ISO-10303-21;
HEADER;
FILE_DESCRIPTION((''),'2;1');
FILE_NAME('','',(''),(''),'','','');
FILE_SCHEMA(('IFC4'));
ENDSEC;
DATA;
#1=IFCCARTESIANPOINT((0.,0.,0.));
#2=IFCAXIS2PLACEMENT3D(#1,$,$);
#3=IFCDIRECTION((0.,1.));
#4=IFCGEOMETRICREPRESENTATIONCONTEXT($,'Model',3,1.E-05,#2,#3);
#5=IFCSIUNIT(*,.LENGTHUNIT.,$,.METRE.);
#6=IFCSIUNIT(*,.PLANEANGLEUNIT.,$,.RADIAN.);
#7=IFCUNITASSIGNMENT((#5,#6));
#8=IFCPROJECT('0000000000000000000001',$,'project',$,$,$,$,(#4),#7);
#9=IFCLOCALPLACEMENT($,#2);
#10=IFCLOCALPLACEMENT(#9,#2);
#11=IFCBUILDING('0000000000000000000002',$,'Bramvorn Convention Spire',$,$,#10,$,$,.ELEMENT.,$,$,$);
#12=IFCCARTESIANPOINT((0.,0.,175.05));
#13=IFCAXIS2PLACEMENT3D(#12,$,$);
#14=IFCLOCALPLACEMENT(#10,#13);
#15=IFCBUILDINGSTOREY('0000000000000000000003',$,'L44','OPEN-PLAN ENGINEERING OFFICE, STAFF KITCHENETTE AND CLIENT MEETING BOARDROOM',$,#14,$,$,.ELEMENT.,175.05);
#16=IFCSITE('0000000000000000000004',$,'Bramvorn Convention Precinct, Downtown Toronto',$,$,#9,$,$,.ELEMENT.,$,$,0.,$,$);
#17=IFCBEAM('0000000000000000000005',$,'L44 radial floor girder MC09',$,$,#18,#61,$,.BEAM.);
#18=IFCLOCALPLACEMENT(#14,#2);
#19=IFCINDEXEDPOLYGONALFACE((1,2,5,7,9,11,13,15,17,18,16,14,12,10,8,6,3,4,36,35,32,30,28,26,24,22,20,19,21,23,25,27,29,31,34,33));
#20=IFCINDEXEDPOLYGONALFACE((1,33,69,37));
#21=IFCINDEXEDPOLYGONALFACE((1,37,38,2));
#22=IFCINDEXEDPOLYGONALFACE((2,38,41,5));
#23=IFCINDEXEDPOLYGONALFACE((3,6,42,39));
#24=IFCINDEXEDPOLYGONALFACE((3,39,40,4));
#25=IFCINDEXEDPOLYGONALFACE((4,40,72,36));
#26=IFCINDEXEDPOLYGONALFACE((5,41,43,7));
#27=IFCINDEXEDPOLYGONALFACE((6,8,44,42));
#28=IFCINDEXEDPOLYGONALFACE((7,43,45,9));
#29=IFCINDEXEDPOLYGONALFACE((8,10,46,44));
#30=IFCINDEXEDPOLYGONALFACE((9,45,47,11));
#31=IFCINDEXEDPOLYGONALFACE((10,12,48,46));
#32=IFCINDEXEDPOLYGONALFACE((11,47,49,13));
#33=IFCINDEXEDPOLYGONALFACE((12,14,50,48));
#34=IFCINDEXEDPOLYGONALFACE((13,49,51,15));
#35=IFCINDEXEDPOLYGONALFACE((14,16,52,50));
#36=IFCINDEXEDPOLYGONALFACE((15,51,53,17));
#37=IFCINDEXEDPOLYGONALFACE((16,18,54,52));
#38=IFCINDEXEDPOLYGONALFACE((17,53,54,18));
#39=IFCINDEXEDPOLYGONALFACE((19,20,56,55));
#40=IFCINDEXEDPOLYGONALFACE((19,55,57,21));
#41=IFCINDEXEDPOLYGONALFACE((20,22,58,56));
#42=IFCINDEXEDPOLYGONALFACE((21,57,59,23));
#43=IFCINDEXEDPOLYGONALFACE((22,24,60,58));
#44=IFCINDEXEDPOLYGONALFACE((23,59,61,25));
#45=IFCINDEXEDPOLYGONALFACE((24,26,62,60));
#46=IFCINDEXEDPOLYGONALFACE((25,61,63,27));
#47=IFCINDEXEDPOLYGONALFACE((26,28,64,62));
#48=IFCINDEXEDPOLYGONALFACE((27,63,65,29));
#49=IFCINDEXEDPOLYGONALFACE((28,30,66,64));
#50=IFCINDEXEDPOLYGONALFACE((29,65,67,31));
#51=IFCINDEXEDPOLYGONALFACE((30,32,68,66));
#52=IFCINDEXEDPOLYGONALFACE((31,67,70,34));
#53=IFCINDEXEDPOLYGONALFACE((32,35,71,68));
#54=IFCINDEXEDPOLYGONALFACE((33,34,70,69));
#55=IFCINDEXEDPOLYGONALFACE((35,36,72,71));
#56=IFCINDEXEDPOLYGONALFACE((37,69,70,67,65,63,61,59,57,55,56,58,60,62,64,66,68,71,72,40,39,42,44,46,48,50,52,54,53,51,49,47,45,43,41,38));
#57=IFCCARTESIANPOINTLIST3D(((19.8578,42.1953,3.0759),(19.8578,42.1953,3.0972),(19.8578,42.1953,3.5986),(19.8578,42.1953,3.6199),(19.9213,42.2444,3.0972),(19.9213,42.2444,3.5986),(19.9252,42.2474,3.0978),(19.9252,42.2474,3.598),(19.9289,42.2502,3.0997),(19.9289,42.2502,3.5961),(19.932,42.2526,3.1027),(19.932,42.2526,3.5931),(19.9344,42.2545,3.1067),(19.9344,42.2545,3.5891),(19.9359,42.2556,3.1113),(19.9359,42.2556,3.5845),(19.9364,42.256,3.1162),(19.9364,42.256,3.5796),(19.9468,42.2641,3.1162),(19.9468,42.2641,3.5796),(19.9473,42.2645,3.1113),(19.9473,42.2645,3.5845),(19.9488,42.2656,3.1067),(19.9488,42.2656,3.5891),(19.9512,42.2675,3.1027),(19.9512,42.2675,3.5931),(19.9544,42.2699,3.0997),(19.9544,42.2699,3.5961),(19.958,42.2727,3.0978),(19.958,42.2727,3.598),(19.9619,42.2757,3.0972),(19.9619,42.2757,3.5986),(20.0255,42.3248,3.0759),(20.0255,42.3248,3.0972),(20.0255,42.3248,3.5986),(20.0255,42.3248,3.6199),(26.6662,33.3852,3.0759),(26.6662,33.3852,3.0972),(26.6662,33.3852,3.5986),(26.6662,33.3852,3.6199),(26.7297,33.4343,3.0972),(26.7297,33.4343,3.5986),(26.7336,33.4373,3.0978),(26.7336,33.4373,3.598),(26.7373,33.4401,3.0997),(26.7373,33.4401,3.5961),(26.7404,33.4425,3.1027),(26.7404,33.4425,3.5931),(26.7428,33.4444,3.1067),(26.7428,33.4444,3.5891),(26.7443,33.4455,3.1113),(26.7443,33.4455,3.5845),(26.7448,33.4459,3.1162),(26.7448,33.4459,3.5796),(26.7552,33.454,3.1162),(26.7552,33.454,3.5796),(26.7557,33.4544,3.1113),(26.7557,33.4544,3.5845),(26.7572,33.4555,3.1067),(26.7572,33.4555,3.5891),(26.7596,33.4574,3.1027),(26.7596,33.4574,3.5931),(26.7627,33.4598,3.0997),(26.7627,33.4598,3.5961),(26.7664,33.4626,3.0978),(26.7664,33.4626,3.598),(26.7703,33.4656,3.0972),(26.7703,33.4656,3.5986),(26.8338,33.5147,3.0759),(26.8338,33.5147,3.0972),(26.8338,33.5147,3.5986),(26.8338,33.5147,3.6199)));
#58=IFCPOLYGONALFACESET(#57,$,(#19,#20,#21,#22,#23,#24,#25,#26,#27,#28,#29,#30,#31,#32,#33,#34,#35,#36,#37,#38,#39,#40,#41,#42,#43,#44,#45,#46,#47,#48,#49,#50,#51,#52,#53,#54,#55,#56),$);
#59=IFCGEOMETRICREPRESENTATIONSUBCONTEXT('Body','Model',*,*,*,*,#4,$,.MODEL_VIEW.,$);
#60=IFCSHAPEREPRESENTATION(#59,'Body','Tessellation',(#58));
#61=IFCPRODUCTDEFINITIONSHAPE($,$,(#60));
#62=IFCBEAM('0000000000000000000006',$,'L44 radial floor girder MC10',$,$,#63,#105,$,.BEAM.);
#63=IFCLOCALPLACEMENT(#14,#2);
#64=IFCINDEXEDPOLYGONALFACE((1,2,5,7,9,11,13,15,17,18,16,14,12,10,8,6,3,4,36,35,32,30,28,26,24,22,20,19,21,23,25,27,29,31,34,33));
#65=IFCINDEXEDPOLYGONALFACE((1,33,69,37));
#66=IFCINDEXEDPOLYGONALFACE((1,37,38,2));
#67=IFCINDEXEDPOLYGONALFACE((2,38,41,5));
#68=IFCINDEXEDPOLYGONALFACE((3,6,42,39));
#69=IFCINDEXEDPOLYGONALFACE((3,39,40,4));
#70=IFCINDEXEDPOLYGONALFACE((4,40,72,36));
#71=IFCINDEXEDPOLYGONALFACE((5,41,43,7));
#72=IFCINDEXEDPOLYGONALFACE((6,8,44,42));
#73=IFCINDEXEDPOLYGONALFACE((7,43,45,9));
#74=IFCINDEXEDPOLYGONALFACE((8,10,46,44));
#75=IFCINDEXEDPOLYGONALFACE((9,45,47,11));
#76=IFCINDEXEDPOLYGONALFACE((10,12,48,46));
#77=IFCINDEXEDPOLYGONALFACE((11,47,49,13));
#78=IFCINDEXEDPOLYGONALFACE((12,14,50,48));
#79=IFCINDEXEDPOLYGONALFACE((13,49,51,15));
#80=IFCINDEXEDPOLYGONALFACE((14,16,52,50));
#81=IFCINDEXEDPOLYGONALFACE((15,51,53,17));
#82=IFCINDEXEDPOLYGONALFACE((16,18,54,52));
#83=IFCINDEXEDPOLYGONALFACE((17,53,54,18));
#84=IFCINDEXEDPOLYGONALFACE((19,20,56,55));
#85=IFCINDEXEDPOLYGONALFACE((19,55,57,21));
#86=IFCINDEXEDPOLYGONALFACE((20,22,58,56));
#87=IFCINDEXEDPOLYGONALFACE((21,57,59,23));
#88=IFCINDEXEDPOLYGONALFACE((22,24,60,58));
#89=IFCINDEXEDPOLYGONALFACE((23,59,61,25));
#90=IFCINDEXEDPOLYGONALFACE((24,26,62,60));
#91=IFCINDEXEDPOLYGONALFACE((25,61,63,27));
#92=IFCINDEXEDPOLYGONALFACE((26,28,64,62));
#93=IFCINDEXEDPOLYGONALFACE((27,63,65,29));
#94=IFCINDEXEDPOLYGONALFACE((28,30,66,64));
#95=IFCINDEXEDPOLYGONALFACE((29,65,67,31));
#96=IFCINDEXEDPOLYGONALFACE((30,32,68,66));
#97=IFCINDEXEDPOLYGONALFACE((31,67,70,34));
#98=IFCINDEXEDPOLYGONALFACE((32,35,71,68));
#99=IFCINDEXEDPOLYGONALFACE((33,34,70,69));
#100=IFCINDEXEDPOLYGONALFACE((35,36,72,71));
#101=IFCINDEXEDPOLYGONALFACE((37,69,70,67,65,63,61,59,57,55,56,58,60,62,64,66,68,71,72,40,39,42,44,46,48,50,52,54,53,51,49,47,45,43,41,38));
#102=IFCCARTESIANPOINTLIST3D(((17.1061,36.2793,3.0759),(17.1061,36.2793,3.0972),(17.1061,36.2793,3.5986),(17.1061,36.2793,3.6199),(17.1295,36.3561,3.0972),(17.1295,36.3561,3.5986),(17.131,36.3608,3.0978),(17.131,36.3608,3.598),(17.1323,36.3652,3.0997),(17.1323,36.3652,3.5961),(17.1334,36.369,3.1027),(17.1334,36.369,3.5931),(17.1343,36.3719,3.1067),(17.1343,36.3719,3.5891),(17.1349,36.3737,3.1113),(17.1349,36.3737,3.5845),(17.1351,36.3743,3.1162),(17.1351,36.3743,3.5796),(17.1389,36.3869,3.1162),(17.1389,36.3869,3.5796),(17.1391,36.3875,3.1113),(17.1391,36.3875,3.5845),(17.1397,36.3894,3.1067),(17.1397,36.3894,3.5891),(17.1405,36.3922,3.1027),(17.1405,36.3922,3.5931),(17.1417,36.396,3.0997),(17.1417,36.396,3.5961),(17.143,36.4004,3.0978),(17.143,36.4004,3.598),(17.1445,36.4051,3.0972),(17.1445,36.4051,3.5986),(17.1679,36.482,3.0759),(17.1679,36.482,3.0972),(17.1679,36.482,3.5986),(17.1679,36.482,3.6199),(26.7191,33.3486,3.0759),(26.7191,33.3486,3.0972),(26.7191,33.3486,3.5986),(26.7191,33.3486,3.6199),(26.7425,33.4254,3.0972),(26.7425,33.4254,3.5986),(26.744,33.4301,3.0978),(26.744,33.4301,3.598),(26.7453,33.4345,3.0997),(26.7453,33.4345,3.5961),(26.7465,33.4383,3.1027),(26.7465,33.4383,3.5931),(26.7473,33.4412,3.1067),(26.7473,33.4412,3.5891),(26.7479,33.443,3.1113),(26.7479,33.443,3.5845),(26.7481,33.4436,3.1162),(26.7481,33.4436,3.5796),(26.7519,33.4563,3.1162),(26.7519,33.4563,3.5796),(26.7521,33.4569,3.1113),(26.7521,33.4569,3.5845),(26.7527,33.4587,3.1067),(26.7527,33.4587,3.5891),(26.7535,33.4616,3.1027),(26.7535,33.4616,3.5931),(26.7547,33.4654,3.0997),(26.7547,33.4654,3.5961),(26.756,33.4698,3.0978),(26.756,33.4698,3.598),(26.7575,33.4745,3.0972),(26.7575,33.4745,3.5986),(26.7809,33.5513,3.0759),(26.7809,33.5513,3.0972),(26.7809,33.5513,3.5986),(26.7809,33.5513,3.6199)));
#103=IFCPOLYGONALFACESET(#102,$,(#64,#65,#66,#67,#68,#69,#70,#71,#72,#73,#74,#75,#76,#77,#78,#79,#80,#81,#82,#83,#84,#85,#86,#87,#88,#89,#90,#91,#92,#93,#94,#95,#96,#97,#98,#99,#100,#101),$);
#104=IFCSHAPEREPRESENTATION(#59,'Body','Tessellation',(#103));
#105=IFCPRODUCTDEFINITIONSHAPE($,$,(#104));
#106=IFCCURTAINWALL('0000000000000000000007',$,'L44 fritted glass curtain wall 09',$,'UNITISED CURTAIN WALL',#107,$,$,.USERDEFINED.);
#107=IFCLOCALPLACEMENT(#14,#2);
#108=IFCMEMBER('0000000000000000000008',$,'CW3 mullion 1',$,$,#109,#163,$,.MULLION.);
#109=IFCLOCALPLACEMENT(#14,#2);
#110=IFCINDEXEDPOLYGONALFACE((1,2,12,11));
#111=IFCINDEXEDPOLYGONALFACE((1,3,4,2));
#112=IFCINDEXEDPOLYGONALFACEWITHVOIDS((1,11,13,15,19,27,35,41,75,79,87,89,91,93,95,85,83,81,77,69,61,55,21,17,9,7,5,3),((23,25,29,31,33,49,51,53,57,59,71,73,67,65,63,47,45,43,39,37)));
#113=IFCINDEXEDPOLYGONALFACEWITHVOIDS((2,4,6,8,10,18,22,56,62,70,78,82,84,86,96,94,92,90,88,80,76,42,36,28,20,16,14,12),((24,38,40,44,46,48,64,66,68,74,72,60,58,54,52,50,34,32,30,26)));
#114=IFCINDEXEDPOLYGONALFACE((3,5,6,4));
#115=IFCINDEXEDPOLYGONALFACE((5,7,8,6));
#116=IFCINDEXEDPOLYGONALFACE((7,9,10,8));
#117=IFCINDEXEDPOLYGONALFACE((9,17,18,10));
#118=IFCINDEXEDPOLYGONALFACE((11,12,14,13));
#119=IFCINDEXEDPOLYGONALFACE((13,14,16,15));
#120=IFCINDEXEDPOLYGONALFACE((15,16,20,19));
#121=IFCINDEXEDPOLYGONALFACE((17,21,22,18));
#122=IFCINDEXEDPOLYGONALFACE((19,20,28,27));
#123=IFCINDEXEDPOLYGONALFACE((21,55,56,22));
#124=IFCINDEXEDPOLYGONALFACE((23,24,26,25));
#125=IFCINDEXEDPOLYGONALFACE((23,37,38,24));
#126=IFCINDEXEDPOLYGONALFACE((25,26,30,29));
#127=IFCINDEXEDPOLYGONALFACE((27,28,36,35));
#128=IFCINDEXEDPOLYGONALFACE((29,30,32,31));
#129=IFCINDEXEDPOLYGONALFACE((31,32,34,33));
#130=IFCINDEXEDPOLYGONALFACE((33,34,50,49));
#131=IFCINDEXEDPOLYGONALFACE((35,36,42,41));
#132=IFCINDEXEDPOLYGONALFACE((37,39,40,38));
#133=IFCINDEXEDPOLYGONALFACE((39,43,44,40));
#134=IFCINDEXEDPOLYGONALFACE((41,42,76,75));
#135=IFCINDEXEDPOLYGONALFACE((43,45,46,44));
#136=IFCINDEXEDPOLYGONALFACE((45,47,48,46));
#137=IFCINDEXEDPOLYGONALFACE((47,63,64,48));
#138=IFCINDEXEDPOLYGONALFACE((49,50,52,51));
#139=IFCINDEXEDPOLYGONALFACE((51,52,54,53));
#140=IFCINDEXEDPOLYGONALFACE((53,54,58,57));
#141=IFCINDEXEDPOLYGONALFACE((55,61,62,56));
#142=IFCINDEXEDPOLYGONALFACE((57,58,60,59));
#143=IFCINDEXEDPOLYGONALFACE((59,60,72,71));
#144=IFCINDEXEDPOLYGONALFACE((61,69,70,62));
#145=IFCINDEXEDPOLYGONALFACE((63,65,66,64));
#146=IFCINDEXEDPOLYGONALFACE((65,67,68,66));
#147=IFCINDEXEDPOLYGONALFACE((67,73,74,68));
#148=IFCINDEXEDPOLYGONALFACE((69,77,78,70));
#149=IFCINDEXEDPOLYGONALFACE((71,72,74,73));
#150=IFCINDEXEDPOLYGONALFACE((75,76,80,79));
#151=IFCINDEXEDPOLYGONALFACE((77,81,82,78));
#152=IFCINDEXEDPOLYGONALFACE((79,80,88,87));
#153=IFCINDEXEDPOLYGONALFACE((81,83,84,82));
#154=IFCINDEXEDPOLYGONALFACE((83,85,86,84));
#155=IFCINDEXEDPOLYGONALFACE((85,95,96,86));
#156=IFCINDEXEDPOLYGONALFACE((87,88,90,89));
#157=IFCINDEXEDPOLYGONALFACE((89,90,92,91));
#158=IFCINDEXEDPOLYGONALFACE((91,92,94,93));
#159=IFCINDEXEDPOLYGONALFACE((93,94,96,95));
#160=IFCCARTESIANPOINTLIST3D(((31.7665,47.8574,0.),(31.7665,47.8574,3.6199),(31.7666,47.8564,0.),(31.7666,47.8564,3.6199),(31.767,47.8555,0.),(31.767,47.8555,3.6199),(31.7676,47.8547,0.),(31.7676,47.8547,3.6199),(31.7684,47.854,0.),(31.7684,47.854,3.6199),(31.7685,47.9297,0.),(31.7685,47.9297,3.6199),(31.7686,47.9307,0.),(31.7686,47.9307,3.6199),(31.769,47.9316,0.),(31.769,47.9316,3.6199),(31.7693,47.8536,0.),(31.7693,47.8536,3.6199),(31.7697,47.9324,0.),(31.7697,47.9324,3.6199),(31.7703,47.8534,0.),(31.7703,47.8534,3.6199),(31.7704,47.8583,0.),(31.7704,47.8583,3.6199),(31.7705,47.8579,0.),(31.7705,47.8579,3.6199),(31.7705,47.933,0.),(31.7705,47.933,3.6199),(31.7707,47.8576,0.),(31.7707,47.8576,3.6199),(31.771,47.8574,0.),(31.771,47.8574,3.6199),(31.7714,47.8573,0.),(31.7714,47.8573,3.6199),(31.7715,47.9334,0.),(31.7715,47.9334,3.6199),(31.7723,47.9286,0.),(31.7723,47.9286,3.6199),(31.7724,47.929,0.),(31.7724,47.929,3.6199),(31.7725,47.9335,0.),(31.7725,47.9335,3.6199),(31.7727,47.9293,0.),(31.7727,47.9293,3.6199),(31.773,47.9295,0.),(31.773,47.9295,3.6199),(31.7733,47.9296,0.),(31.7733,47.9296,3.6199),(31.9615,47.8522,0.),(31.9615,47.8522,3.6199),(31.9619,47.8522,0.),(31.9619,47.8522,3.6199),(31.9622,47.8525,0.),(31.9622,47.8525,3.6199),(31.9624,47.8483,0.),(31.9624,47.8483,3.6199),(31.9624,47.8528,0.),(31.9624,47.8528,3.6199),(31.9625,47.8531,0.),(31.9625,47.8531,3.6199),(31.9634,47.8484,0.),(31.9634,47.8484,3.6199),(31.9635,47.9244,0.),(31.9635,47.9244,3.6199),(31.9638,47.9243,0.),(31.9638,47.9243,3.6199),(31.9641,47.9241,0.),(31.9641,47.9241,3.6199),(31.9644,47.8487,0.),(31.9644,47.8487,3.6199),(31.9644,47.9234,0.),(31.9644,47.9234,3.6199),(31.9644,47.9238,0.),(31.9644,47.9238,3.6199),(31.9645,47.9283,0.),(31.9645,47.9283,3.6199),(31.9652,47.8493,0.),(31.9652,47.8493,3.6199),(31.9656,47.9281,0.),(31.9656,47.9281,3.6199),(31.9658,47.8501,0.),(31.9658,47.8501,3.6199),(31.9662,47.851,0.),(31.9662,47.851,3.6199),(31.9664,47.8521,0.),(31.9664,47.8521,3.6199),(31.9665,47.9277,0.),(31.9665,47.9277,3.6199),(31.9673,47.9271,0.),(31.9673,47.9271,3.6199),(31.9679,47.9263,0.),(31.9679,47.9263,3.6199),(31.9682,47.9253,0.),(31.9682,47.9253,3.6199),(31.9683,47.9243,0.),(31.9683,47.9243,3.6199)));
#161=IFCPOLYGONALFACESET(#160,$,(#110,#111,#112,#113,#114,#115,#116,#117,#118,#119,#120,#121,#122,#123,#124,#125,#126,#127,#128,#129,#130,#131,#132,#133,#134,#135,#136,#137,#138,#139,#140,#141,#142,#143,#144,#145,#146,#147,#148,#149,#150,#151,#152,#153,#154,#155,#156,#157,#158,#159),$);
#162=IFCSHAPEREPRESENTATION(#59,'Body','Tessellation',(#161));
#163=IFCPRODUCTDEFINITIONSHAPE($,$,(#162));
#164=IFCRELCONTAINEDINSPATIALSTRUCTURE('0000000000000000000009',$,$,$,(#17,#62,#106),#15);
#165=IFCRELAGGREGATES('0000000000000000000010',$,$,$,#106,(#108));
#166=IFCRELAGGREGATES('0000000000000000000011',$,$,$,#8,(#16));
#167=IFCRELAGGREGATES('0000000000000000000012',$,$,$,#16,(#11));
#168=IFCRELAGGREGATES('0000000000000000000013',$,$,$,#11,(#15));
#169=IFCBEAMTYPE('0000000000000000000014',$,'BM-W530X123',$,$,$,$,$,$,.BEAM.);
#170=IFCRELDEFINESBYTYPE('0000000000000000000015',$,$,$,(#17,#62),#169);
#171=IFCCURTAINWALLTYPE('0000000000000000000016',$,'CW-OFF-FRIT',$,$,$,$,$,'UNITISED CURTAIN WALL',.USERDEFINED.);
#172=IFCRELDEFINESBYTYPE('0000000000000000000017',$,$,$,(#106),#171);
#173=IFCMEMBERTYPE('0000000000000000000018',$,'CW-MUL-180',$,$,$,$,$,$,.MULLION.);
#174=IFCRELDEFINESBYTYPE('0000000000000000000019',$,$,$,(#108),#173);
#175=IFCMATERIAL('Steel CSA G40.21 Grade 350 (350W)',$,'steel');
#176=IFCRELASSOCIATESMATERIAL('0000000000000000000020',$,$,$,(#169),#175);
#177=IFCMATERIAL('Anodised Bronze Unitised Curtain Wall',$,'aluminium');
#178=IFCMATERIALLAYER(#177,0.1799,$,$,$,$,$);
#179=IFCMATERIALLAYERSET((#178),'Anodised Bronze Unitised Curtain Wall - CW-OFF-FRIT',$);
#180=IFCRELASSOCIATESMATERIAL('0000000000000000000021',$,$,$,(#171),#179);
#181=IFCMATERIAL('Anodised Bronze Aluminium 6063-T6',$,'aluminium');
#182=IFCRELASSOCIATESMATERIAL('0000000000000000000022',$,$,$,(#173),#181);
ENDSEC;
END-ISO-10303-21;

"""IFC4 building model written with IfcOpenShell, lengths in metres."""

from ifc_helpers import new_model, si_unit, direction, frame, origin, origin_2d, place, context, subcontext, project, spatial, hollow_rectangle, i_section, extrude, material, layer, layer_set, material_profile, profile_set, type_object, element, aggregate, save


model = new_model("IFC4")

# Units and contexts
model_context = context("Model", 3, precision=1e-05, world=origin(), true_north=direction((0.0, 1.0)))
body_context = subcontext(model_context, "Body", "Model", "MODEL_VIEW")
ifc_project = project(units=[si_unit("LENGTHUNIT", "METRE"), si_unit("PLANEANGLEUNIT", "RADIAN")], contexts=[model_context])

# Site, building, storey
site_placement = place(None, origin())
site = spatial("IfcSite", under=ifc_project, at=site_placement, Name="Bramvorn Convention Precinct, Downtown Toronto", CompositionType="ELEMENT", RefElevation=0.0)
building_placement = place(site_placement, origin())
building = spatial("IfcBuilding", under=site, at=building_placement, Name="Bramvorn Convention Spire", CompositionType="ELEMENT")
storey_placement = place(building_placement, frame((0.0, 0.0, 175.05)))
storey = spatial("IfcBuildingStorey", under=building, at=storey_placement, Name="L44", Description="OPEN-PLAN ENGINEERING OFFICE, STAFF KITCHENETTE AND CLIENT MEETING BOARDROOM", CompositionType="ELEMENT", Elevation=175.05)

# Shared definitions
ifc_material_1 = material(Name="Steel CSA G40.21 Grade 350 (350W)", Category="steel")

# Beams
ifc_material_profile_1 = material_profile(ifc_material_1, i_section(OverallWidth=0.2119, OverallDepth=0.5439, WebThickness=0.0132, FlangeThickness=0.0212, FilletRadius=0.019, at=origin_2d()))
ifc_profile_set_1 = profile_set([ifc_material_profile_1], Name="Steel CSA G40.21 Grade 350 (350W) - W530X123")
beam_type_1 = type_object("IfcBeamType", Name="BM-W530X123", PredefinedType="BEAM", material=ifc_profile_set_1)
beam_1_placement = place(storey_placement, frame((26.75, 33.45, 3.3479), z_axis=(-0.61148, 0.79126, 0.0), x_axis=(-0.79126, -0.61148, 0.0)))
element("IfcBeam", 1, at=beam_1_placement, inside=storey, type_object=beam_type_1, Name="L44 radial floor girder MC09", PredefinedType="BEAM", context=body_context, shape_type="SweptSolid", body=[
    extrude(i_section(OverallWidth=0.2119, OverallDepth=0.5439, WebThickness=0.0132, FlangeThickness=0.0212, FilletRadius=0.019, at=origin_2d()), origin(), (0.0, 0.0, 1.0), 11.1343),
])
beam_2_placement = place(storey_placement, frame((26.75, 33.45, 3.3479), z_axis=(-0.956536, 0.291613, 0.0), x_axis=(-0.291613, -0.956536, 0.0)))
element("IfcBeam", 2, at=beam_2_placement, inside=storey, type_object=beam_type_1, Name="L44 radial floor girder MC10", PredefinedType="BEAM", context=body_context, shape_type="SweptSolid", body=[
    extrude(i_section(OverallWidth=0.2119, OverallDepth=0.5439, WebThickness=0.0132, FlangeThickness=0.0212, FilletRadius=0.019, at=origin_2d()), origin(), (0.0, 0.0, 1.0), 10.0498),
])

# Curtain wall, member
ifc_material_2 = material(Name="Anodised Bronze Unitised Curtain Wall", Category="aluminium")
ifc_layer_1 = layer(ifc_material_2, 0.1799)
ifc_layer_set_1 = layer_set([ifc_layer_1], Name="Anodised Bronze Unitised Curtain Wall - CW-OFF-FRIT")
curtain_wall_type = type_object("IfcCurtainWallType", Name="CW-OFF-FRIT", ElementType="UNITISED CURTAIN WALL", PredefinedType="USERDEFINED", material=ifc_layer_set_1)
curtain_wall_1_placement = place(storey_placement, origin())
curtain_wall_1 = element("IfcCurtainWall", 3, at=curtain_wall_1_placement, inside=storey, type_object=curtain_wall_type, Name="L44 fritted glass curtain wall 09", ObjectType="UNITISED CURTAIN WALL", PredefinedType="USERDEFINED")
ifc_material_3 = material(Name="Anodised Bronze Aluminium 6063-T6", Category="aluminium")
ifc_material_profile_2 = material_profile(ifc_material_3, hollow_rectangle(XDim=0.0801, YDim=0.2, WallThickness=0.0039, InnerFilletRadius=0.001, OuterFilletRadius=0.0039, at=origin_2d()))
ifc_profile_set_2 = profile_set([ifc_material_profile_2], Name="Anodised Bronze Aluminium 6063-T6 - CWM80X200")
member_type_1 = type_object("IfcMemberType", Name="CW-MUL-180", PredefinedType="MULLION", material=ifc_profile_set_2)
member_1_placement = place(storey_placement, frame((31.8674, 47.8909, 0.0), z_axis=(0.0, 0.0, 1.0), x_axis=(0.026988, 0.999636, 0.0)))
member_1 = element("IfcMember", 4, at=member_1_placement, type_object=member_type_1, Name="CW3 mullion 1", PredefinedType="MULLION", context=body_context, shape_type="SweptSolid", body=[
    extrude(hollow_rectangle(XDim=0.0801, YDim=0.2, WallThickness=0.0039, InnerFilletRadius=0.001, OuterFilletRadius=0.0039, at=origin_2d()), origin(), (0.0, 0.0, 1.0), 3.6199),
])

aggregate(curtain_wall_1, [member_1])

save(model, "model.ifc")
